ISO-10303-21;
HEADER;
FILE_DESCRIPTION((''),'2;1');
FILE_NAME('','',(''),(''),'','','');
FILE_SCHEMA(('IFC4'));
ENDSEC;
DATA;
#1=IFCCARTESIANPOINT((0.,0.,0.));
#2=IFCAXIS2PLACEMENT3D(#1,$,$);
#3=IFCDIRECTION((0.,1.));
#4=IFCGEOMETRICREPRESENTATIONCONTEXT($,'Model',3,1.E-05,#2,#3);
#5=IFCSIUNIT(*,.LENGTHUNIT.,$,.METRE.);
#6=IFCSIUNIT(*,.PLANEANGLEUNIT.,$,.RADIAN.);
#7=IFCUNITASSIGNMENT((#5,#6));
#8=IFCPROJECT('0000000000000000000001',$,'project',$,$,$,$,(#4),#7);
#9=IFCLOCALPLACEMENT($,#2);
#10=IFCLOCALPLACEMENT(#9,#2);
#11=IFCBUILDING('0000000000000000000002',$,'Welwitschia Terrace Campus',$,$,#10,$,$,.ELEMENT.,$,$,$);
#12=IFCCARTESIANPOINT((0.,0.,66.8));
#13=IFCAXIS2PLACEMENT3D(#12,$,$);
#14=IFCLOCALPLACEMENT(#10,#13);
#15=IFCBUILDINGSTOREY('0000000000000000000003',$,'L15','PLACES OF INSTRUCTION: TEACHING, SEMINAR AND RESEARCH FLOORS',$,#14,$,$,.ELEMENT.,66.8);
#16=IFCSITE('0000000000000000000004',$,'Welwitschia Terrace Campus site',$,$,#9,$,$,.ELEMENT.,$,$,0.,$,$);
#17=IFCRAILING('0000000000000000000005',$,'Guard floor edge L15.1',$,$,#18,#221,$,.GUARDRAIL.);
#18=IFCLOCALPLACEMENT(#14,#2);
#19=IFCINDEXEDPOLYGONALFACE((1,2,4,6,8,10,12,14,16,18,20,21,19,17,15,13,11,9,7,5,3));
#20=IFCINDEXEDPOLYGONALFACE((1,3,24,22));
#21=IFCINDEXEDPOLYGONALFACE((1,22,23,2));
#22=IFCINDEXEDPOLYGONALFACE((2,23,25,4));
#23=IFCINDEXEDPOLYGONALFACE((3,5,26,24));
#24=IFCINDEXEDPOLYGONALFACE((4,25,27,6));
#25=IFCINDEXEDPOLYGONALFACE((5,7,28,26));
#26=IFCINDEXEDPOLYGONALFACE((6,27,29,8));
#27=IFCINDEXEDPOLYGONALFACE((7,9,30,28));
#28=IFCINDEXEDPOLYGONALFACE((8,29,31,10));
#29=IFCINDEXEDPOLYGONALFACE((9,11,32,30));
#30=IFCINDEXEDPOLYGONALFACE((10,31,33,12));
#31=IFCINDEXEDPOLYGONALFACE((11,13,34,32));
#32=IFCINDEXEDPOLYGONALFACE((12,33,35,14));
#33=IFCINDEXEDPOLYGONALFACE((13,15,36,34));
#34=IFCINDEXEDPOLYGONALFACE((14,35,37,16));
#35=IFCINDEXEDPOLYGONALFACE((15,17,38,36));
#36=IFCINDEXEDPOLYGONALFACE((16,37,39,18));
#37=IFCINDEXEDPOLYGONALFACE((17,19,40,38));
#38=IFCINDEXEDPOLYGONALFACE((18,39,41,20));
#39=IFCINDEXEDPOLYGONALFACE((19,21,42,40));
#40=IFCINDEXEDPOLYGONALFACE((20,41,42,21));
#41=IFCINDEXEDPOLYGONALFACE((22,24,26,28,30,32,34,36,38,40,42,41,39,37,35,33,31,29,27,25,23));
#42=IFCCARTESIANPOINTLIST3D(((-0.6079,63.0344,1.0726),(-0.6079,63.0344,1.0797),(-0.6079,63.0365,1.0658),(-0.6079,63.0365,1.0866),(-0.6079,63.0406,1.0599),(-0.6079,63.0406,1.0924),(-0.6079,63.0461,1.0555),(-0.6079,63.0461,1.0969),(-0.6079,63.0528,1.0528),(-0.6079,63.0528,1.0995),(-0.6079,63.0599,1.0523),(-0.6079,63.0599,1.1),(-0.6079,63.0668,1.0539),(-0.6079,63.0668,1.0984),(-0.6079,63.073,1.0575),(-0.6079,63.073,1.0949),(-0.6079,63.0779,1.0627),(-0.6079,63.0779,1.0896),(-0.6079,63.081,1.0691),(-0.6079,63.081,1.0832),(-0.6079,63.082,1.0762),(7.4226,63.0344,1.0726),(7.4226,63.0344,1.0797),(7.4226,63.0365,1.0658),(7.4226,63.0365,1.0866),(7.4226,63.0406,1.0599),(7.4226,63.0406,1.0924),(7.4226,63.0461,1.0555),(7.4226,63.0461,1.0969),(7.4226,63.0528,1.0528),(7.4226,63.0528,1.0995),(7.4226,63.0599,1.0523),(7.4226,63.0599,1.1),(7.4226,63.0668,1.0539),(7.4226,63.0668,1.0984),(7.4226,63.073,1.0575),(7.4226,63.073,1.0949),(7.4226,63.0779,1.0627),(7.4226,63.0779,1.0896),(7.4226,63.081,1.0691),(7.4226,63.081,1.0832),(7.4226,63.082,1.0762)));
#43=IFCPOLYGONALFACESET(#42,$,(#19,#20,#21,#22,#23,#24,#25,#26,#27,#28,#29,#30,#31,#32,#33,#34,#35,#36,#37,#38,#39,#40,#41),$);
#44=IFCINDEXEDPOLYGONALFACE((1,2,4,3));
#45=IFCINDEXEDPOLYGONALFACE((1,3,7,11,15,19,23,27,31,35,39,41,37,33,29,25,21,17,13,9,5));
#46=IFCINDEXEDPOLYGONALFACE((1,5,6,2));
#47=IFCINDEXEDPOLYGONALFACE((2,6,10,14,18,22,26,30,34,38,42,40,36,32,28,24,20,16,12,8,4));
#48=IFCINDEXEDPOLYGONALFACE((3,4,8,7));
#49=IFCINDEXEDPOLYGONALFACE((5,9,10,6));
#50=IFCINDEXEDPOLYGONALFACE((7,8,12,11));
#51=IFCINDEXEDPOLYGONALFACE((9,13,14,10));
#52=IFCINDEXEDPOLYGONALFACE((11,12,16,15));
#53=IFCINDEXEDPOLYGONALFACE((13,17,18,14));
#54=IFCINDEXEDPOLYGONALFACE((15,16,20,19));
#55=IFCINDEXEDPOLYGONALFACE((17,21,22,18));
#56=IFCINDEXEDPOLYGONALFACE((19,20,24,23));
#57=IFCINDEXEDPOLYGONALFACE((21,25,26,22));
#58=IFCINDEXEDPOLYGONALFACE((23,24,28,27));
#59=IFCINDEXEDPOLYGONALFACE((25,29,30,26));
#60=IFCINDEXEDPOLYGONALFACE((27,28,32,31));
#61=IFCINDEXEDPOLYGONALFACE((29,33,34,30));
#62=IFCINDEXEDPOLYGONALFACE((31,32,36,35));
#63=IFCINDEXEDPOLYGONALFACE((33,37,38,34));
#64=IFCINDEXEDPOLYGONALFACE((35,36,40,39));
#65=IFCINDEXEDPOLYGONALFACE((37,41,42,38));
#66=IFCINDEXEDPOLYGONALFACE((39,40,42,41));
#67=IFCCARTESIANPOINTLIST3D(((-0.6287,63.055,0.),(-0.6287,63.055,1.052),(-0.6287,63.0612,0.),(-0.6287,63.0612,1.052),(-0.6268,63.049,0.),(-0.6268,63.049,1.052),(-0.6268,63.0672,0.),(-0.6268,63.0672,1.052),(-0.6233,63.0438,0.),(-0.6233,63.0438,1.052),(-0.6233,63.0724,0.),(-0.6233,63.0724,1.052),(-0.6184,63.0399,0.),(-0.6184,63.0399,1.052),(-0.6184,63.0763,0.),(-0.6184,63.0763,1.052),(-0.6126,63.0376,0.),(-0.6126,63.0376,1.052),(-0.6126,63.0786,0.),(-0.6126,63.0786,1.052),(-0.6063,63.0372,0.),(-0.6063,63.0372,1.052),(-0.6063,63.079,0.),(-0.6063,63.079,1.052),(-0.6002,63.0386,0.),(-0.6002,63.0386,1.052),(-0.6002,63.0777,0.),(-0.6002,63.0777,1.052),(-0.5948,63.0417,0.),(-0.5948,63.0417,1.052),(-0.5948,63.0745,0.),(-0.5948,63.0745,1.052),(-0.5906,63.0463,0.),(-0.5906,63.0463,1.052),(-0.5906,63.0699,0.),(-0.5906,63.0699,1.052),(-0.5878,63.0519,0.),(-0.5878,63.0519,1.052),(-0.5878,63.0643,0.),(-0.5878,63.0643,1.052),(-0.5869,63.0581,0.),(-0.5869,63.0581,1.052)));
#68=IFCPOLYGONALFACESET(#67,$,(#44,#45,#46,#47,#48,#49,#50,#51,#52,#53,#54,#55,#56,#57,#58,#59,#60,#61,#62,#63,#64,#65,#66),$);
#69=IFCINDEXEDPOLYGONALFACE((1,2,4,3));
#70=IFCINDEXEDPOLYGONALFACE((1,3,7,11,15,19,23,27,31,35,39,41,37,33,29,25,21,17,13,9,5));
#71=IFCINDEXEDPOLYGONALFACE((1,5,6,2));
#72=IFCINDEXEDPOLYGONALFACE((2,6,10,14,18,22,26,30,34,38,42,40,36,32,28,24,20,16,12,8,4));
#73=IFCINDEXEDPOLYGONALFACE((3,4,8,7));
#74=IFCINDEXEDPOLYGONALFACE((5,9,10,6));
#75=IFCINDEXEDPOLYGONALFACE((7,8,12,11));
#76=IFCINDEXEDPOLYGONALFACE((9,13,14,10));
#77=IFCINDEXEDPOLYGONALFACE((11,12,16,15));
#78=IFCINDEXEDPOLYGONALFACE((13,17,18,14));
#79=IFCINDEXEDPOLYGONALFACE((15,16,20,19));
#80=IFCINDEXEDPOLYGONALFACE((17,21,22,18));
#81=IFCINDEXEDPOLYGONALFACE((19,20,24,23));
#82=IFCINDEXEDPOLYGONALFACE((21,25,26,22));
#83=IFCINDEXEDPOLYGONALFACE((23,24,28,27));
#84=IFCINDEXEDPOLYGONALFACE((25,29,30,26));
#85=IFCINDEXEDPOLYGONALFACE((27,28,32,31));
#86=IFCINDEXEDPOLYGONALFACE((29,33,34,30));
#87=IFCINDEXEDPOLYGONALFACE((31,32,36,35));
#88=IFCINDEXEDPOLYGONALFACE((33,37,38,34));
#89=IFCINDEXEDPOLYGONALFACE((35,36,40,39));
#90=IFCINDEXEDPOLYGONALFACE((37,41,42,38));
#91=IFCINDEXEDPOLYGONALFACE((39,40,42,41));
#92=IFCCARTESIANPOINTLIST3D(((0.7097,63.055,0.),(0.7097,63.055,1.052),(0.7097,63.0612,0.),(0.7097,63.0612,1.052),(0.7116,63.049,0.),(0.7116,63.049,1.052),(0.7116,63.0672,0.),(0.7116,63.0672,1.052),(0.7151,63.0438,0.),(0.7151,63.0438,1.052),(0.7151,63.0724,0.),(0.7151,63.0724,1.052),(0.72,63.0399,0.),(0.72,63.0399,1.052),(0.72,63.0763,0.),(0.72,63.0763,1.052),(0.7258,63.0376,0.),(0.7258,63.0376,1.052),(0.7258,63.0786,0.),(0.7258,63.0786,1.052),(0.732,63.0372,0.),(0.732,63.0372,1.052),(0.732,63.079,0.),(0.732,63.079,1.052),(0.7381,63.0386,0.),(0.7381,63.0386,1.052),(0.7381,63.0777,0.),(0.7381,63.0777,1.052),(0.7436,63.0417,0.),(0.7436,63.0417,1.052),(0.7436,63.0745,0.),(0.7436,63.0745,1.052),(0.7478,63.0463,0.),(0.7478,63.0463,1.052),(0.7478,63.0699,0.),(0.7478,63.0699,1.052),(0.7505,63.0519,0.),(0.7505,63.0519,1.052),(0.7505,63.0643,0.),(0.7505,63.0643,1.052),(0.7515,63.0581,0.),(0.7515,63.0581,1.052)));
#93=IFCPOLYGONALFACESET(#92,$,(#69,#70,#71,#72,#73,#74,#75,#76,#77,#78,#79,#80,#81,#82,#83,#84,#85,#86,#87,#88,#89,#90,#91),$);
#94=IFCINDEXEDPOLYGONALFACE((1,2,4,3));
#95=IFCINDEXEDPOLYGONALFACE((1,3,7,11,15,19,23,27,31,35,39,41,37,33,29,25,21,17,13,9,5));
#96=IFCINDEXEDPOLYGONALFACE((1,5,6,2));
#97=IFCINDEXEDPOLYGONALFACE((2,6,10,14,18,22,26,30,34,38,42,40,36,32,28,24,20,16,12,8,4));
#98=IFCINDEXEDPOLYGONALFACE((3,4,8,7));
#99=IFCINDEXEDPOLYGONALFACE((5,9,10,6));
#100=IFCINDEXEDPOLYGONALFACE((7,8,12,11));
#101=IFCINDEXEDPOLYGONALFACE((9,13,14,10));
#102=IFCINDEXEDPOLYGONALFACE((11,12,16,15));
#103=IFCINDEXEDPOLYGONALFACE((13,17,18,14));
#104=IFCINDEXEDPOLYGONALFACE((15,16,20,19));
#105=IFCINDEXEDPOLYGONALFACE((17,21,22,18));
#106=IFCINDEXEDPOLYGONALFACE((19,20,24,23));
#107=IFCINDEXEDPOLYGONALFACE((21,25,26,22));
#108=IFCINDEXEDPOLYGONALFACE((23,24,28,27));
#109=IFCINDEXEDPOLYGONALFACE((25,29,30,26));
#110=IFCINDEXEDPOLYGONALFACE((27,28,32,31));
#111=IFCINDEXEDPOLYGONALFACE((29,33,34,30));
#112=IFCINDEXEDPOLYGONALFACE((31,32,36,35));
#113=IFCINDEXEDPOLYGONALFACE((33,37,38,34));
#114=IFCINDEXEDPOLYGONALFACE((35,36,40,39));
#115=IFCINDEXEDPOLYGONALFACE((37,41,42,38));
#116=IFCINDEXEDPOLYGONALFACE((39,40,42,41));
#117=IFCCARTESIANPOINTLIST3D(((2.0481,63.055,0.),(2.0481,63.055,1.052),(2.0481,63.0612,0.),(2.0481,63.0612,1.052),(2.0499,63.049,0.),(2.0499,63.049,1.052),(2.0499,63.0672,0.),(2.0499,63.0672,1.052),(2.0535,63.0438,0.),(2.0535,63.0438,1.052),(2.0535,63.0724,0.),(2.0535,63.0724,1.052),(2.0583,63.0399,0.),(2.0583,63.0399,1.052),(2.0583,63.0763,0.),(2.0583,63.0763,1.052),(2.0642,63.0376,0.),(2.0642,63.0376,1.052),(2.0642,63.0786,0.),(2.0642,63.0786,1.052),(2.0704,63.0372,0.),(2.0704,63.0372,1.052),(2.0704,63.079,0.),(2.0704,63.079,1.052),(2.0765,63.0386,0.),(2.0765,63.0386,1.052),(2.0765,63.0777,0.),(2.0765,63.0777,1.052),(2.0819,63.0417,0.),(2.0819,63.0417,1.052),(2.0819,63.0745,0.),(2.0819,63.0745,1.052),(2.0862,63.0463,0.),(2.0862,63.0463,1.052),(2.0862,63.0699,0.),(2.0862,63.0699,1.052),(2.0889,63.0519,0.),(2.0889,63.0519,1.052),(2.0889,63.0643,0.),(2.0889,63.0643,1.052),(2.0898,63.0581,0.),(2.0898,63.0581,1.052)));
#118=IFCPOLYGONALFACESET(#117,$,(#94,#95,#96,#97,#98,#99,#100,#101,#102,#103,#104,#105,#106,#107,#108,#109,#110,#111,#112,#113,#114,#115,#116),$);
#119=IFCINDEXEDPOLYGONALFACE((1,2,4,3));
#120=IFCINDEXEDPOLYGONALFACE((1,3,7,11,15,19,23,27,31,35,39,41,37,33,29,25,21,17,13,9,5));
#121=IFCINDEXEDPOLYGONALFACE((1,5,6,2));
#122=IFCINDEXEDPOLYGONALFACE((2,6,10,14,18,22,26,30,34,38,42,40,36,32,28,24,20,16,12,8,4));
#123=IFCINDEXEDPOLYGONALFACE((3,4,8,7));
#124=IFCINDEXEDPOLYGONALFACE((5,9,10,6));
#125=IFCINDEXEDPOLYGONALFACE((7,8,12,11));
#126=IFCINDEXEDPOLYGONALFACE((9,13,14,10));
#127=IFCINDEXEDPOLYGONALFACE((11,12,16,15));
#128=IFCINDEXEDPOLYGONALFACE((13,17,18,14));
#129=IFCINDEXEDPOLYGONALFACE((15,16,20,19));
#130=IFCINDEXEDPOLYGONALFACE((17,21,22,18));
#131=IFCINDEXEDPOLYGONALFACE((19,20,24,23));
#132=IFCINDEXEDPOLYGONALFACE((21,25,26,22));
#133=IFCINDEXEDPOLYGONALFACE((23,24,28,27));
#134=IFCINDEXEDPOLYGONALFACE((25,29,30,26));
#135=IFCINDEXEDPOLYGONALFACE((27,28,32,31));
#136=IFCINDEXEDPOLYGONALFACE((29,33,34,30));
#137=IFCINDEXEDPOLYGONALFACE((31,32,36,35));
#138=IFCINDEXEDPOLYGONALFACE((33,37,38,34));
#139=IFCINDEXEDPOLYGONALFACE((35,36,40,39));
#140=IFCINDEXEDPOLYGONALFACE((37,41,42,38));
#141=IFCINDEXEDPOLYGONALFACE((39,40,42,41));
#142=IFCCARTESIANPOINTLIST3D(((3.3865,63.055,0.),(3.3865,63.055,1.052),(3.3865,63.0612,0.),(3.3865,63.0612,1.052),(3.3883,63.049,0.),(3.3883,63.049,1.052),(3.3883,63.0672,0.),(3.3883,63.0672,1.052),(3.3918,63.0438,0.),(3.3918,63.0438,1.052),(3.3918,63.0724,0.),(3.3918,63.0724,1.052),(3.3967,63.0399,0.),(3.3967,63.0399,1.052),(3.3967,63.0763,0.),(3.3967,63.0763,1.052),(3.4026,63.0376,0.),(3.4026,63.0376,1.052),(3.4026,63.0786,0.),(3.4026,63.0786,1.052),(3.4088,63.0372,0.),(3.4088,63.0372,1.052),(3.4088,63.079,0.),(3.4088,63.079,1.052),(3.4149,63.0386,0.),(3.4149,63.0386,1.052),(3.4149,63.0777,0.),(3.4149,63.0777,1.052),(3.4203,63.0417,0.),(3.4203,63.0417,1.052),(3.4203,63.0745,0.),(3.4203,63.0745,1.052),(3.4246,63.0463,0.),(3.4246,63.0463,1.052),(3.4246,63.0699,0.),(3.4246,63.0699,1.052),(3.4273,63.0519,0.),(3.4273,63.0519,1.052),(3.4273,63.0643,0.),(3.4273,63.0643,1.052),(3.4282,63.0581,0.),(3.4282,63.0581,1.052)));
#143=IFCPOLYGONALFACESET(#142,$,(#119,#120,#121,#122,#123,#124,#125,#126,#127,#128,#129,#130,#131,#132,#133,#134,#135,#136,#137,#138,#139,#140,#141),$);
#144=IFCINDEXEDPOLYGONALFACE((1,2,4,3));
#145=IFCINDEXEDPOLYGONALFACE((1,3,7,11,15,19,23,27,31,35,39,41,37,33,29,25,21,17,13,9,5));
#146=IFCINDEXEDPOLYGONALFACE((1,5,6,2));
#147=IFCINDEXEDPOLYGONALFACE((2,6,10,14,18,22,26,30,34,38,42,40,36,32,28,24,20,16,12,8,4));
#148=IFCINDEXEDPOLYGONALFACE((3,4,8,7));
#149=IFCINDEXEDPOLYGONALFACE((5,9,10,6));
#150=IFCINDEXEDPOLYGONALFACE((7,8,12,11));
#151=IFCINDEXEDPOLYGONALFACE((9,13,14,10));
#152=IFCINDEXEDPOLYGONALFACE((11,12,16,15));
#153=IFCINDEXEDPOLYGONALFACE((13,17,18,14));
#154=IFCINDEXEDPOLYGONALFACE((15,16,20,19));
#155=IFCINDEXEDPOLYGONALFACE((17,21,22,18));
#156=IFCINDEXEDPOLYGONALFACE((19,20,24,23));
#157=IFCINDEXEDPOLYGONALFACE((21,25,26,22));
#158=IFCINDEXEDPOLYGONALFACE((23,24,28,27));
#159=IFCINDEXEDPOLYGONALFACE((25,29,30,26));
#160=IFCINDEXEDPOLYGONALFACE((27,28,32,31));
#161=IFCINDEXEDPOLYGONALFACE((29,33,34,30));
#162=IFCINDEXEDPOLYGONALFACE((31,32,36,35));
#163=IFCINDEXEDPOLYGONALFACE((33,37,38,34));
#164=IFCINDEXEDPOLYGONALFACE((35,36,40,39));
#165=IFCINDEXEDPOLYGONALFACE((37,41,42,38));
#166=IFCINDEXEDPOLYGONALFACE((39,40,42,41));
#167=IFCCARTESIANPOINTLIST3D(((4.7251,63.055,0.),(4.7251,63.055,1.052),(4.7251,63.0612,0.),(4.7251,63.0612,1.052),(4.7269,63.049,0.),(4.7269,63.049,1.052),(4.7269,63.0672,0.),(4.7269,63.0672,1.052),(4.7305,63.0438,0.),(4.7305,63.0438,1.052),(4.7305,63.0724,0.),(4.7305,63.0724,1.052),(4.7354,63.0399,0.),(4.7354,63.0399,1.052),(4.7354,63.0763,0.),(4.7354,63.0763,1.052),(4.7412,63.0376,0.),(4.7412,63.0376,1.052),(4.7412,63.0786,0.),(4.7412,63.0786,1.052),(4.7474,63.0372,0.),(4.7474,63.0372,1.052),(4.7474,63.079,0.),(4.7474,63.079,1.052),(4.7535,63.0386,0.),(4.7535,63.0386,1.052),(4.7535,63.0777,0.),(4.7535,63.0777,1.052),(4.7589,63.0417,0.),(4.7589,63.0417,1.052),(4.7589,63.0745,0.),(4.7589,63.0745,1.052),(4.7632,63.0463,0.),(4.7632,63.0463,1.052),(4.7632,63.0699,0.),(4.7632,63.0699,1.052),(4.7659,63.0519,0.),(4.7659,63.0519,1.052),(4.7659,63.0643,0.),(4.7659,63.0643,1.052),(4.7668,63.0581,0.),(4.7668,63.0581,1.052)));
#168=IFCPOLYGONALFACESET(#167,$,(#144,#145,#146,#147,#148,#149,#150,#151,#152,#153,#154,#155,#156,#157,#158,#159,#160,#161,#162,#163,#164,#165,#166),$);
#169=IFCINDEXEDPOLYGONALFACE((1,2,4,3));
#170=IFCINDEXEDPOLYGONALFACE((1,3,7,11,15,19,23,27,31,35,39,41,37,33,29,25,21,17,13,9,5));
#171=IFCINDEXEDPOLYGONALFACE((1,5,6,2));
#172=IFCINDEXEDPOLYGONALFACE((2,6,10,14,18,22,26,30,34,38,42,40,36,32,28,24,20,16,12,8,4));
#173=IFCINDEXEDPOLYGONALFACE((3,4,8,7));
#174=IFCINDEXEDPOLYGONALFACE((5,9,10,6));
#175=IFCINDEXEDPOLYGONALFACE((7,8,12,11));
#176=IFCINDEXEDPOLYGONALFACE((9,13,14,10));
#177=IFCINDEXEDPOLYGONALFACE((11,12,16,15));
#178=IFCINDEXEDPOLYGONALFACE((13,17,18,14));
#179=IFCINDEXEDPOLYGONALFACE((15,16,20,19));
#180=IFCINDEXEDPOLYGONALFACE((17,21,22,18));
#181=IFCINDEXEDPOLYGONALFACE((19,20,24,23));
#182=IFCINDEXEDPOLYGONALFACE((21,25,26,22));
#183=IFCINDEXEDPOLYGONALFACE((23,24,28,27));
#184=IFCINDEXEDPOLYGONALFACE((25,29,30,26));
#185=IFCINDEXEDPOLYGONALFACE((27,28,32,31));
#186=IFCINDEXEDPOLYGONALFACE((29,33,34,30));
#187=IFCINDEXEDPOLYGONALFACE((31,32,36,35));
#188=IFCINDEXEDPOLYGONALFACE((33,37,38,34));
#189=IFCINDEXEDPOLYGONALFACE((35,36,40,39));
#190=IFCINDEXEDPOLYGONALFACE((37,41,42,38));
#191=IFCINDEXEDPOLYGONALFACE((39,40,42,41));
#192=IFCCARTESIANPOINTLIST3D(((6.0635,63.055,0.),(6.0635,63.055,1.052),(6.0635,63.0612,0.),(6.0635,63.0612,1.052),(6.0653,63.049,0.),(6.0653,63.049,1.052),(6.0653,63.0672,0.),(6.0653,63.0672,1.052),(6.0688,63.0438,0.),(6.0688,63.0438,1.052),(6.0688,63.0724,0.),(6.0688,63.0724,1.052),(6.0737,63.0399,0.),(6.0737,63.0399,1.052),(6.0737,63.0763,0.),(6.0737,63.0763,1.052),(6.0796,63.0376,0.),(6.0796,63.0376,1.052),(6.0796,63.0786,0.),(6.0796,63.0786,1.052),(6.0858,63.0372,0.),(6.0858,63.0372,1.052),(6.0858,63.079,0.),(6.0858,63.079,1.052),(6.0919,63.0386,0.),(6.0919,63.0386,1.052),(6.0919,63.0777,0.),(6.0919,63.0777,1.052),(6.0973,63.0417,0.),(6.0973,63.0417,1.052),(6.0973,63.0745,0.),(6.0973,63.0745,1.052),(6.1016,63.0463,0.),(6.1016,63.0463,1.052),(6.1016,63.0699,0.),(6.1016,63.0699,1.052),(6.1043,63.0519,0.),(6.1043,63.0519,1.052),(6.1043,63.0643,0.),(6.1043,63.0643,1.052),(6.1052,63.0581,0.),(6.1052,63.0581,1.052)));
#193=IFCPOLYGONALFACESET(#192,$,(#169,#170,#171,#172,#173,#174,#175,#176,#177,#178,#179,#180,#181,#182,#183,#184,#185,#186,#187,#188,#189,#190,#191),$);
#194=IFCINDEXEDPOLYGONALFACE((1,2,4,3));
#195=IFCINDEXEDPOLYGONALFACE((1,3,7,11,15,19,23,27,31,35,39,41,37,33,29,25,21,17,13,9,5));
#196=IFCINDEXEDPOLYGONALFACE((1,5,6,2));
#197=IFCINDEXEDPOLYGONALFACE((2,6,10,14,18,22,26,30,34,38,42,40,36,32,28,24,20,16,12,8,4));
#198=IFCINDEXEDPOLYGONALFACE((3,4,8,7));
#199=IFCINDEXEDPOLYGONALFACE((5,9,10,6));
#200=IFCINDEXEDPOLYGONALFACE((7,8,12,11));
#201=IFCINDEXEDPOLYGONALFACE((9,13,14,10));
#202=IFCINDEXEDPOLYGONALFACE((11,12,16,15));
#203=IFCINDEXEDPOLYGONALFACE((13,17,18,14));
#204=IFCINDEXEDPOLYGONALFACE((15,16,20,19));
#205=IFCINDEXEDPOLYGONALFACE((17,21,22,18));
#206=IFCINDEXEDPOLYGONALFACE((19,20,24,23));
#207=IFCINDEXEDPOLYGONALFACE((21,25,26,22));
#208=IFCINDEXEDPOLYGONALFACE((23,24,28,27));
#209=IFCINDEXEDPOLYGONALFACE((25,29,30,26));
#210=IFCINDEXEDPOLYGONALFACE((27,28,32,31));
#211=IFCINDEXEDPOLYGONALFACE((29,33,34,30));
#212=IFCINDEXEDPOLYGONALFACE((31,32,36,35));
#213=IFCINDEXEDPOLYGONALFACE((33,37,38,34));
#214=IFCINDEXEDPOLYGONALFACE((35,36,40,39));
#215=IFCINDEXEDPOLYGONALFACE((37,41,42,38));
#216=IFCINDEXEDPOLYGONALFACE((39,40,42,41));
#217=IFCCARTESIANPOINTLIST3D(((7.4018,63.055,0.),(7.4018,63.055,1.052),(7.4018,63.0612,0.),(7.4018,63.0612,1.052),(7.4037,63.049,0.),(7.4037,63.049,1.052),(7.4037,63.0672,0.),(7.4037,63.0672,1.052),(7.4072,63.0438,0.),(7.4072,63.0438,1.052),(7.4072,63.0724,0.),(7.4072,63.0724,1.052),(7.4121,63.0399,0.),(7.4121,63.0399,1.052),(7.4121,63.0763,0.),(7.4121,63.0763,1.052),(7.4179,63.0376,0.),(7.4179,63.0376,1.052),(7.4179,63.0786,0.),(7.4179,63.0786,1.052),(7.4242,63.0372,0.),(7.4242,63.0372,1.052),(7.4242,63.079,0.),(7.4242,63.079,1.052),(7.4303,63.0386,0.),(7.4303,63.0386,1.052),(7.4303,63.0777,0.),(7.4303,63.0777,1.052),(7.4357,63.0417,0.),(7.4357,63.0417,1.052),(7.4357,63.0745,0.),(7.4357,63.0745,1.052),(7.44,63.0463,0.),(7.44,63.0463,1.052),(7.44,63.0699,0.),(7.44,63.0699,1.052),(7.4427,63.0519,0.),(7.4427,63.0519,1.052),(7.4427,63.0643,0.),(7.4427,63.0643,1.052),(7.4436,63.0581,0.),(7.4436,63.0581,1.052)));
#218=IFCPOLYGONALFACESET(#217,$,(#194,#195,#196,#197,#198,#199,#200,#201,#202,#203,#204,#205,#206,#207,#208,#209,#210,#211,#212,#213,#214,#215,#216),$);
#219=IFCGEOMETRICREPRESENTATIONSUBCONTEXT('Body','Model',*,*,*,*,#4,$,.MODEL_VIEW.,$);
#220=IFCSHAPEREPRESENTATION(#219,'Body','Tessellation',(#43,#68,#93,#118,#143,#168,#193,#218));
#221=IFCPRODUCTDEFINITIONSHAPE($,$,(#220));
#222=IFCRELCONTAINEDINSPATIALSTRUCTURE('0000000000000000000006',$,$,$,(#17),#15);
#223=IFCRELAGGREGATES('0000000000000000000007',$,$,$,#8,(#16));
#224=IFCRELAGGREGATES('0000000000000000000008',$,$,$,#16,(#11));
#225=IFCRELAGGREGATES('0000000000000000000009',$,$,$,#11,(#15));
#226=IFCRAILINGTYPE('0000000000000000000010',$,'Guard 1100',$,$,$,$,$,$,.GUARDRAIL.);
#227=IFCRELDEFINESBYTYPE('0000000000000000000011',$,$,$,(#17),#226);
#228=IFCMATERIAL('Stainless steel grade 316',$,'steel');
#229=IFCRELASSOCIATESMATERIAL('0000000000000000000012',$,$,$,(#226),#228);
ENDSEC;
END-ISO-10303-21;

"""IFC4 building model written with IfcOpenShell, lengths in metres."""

from ifc_helpers import new_model, si_unit, direction, frame, origin, origin_2d, place, context, subcontext, project, spatial, circle, extrude, material, type_object, element, save


model = new_model("IFC4")

# Units and contexts
model_context = context("Model", 3, precision=1e-05, world=origin(), true_north=direction((0.0, 1.0)))
body_context = subcontext(model_context, "Body", "Model", "MODEL_VIEW")
ifc_project = project(units=[si_unit("LENGTHUNIT", "METRE"), si_unit("PLANEANGLEUNIT", "RADIAN")], contexts=[model_context])

# Site, building, storey
site_placement = place(None, origin())
site = spatial("IfcSite", under=ifc_project, at=site_placement, Name="Welwitschia Terrace Campus site", CompositionType="ELEMENT", RefElevation=0.0)
building_placement = place(site_placement, origin())
building = spatial("IfcBuilding", under=site, at=building_placement, Name="Welwitschia Terrace Campus", CompositionType="ELEMENT")
storey_placement = place(building_placement, frame((0.0, 0.0, 66.8)))
storey = spatial("IfcBuildingStorey", under=building, at=storey_placement, Name="L15", Description="PLACES OF INSTRUCTION: TEACHING, SEMINAR AND RESEARCH FLOORS", CompositionType="ELEMENT", Elevation=66.8)

# Railing
ifc_material_1 = material(Name="Stainless steel grade 316", Category="steel")
railing_type = type_object("IfcRailingType", Name="Guard 1100", PredefinedType="GUARDRAIL", material=ifc_material_1)
railing_placement = place(storey_placement, frame((-0.6079, 63.0581, 0.0)))
element("IfcRailing", 1, at=railing_placement, inside=storey, type_object=railing_type, Name="Guard floor edge L15.1", PredefinedType="GUARDRAIL", context=body_context, shape_type="SweptSolid", body=[
    extrude(circle(Radius=0.0239, at=origin_2d()), frame((0.0, 0.0, 1.0762), z_axis=(1.0, 0.0, 0.0), x_axis=(0.0, 1.0, 0.0)), (0.0, 0.0, 1.0), 8.0305),
    extrude(circle(Radius=0.021, at=origin_2d()), origin(), (0.0, 0.0, 1.0), 1.052),
    extrude(circle(Radius=0.021, at=origin_2d()), frame((1.3384, 0.0, 0.0)), (0.0, 0.0, 1.0), 1.052),
    extrude(circle(Radius=0.021, at=origin_2d()), frame((2.6768, 0.0, 0.0)), (0.0, 0.0, 1.0), 1.052),
    extrude(circle(Radius=0.021, at=origin_2d()), frame((4.0151, 0.0, 0.0)), (0.0, 0.0, 1.0), 1.052),
    extrude(circle(Radius=0.021, at=origin_2d()), frame((5.3538, 0.0, 0.0)), (0.0, 0.0, 1.0), 1.052),
    extrude(circle(Radius=0.021, at=origin_2d()), frame((6.6921, 0.0, 0.0)), (0.0, 0.0, 1.0), 1.052),
    extrude(circle(Radius=0.021, at=origin_2d()), frame((8.0305, 0.0, 0.0)), (0.0, 0.0, 1.0), 1.052),
])

save(model, "model.ifc")
